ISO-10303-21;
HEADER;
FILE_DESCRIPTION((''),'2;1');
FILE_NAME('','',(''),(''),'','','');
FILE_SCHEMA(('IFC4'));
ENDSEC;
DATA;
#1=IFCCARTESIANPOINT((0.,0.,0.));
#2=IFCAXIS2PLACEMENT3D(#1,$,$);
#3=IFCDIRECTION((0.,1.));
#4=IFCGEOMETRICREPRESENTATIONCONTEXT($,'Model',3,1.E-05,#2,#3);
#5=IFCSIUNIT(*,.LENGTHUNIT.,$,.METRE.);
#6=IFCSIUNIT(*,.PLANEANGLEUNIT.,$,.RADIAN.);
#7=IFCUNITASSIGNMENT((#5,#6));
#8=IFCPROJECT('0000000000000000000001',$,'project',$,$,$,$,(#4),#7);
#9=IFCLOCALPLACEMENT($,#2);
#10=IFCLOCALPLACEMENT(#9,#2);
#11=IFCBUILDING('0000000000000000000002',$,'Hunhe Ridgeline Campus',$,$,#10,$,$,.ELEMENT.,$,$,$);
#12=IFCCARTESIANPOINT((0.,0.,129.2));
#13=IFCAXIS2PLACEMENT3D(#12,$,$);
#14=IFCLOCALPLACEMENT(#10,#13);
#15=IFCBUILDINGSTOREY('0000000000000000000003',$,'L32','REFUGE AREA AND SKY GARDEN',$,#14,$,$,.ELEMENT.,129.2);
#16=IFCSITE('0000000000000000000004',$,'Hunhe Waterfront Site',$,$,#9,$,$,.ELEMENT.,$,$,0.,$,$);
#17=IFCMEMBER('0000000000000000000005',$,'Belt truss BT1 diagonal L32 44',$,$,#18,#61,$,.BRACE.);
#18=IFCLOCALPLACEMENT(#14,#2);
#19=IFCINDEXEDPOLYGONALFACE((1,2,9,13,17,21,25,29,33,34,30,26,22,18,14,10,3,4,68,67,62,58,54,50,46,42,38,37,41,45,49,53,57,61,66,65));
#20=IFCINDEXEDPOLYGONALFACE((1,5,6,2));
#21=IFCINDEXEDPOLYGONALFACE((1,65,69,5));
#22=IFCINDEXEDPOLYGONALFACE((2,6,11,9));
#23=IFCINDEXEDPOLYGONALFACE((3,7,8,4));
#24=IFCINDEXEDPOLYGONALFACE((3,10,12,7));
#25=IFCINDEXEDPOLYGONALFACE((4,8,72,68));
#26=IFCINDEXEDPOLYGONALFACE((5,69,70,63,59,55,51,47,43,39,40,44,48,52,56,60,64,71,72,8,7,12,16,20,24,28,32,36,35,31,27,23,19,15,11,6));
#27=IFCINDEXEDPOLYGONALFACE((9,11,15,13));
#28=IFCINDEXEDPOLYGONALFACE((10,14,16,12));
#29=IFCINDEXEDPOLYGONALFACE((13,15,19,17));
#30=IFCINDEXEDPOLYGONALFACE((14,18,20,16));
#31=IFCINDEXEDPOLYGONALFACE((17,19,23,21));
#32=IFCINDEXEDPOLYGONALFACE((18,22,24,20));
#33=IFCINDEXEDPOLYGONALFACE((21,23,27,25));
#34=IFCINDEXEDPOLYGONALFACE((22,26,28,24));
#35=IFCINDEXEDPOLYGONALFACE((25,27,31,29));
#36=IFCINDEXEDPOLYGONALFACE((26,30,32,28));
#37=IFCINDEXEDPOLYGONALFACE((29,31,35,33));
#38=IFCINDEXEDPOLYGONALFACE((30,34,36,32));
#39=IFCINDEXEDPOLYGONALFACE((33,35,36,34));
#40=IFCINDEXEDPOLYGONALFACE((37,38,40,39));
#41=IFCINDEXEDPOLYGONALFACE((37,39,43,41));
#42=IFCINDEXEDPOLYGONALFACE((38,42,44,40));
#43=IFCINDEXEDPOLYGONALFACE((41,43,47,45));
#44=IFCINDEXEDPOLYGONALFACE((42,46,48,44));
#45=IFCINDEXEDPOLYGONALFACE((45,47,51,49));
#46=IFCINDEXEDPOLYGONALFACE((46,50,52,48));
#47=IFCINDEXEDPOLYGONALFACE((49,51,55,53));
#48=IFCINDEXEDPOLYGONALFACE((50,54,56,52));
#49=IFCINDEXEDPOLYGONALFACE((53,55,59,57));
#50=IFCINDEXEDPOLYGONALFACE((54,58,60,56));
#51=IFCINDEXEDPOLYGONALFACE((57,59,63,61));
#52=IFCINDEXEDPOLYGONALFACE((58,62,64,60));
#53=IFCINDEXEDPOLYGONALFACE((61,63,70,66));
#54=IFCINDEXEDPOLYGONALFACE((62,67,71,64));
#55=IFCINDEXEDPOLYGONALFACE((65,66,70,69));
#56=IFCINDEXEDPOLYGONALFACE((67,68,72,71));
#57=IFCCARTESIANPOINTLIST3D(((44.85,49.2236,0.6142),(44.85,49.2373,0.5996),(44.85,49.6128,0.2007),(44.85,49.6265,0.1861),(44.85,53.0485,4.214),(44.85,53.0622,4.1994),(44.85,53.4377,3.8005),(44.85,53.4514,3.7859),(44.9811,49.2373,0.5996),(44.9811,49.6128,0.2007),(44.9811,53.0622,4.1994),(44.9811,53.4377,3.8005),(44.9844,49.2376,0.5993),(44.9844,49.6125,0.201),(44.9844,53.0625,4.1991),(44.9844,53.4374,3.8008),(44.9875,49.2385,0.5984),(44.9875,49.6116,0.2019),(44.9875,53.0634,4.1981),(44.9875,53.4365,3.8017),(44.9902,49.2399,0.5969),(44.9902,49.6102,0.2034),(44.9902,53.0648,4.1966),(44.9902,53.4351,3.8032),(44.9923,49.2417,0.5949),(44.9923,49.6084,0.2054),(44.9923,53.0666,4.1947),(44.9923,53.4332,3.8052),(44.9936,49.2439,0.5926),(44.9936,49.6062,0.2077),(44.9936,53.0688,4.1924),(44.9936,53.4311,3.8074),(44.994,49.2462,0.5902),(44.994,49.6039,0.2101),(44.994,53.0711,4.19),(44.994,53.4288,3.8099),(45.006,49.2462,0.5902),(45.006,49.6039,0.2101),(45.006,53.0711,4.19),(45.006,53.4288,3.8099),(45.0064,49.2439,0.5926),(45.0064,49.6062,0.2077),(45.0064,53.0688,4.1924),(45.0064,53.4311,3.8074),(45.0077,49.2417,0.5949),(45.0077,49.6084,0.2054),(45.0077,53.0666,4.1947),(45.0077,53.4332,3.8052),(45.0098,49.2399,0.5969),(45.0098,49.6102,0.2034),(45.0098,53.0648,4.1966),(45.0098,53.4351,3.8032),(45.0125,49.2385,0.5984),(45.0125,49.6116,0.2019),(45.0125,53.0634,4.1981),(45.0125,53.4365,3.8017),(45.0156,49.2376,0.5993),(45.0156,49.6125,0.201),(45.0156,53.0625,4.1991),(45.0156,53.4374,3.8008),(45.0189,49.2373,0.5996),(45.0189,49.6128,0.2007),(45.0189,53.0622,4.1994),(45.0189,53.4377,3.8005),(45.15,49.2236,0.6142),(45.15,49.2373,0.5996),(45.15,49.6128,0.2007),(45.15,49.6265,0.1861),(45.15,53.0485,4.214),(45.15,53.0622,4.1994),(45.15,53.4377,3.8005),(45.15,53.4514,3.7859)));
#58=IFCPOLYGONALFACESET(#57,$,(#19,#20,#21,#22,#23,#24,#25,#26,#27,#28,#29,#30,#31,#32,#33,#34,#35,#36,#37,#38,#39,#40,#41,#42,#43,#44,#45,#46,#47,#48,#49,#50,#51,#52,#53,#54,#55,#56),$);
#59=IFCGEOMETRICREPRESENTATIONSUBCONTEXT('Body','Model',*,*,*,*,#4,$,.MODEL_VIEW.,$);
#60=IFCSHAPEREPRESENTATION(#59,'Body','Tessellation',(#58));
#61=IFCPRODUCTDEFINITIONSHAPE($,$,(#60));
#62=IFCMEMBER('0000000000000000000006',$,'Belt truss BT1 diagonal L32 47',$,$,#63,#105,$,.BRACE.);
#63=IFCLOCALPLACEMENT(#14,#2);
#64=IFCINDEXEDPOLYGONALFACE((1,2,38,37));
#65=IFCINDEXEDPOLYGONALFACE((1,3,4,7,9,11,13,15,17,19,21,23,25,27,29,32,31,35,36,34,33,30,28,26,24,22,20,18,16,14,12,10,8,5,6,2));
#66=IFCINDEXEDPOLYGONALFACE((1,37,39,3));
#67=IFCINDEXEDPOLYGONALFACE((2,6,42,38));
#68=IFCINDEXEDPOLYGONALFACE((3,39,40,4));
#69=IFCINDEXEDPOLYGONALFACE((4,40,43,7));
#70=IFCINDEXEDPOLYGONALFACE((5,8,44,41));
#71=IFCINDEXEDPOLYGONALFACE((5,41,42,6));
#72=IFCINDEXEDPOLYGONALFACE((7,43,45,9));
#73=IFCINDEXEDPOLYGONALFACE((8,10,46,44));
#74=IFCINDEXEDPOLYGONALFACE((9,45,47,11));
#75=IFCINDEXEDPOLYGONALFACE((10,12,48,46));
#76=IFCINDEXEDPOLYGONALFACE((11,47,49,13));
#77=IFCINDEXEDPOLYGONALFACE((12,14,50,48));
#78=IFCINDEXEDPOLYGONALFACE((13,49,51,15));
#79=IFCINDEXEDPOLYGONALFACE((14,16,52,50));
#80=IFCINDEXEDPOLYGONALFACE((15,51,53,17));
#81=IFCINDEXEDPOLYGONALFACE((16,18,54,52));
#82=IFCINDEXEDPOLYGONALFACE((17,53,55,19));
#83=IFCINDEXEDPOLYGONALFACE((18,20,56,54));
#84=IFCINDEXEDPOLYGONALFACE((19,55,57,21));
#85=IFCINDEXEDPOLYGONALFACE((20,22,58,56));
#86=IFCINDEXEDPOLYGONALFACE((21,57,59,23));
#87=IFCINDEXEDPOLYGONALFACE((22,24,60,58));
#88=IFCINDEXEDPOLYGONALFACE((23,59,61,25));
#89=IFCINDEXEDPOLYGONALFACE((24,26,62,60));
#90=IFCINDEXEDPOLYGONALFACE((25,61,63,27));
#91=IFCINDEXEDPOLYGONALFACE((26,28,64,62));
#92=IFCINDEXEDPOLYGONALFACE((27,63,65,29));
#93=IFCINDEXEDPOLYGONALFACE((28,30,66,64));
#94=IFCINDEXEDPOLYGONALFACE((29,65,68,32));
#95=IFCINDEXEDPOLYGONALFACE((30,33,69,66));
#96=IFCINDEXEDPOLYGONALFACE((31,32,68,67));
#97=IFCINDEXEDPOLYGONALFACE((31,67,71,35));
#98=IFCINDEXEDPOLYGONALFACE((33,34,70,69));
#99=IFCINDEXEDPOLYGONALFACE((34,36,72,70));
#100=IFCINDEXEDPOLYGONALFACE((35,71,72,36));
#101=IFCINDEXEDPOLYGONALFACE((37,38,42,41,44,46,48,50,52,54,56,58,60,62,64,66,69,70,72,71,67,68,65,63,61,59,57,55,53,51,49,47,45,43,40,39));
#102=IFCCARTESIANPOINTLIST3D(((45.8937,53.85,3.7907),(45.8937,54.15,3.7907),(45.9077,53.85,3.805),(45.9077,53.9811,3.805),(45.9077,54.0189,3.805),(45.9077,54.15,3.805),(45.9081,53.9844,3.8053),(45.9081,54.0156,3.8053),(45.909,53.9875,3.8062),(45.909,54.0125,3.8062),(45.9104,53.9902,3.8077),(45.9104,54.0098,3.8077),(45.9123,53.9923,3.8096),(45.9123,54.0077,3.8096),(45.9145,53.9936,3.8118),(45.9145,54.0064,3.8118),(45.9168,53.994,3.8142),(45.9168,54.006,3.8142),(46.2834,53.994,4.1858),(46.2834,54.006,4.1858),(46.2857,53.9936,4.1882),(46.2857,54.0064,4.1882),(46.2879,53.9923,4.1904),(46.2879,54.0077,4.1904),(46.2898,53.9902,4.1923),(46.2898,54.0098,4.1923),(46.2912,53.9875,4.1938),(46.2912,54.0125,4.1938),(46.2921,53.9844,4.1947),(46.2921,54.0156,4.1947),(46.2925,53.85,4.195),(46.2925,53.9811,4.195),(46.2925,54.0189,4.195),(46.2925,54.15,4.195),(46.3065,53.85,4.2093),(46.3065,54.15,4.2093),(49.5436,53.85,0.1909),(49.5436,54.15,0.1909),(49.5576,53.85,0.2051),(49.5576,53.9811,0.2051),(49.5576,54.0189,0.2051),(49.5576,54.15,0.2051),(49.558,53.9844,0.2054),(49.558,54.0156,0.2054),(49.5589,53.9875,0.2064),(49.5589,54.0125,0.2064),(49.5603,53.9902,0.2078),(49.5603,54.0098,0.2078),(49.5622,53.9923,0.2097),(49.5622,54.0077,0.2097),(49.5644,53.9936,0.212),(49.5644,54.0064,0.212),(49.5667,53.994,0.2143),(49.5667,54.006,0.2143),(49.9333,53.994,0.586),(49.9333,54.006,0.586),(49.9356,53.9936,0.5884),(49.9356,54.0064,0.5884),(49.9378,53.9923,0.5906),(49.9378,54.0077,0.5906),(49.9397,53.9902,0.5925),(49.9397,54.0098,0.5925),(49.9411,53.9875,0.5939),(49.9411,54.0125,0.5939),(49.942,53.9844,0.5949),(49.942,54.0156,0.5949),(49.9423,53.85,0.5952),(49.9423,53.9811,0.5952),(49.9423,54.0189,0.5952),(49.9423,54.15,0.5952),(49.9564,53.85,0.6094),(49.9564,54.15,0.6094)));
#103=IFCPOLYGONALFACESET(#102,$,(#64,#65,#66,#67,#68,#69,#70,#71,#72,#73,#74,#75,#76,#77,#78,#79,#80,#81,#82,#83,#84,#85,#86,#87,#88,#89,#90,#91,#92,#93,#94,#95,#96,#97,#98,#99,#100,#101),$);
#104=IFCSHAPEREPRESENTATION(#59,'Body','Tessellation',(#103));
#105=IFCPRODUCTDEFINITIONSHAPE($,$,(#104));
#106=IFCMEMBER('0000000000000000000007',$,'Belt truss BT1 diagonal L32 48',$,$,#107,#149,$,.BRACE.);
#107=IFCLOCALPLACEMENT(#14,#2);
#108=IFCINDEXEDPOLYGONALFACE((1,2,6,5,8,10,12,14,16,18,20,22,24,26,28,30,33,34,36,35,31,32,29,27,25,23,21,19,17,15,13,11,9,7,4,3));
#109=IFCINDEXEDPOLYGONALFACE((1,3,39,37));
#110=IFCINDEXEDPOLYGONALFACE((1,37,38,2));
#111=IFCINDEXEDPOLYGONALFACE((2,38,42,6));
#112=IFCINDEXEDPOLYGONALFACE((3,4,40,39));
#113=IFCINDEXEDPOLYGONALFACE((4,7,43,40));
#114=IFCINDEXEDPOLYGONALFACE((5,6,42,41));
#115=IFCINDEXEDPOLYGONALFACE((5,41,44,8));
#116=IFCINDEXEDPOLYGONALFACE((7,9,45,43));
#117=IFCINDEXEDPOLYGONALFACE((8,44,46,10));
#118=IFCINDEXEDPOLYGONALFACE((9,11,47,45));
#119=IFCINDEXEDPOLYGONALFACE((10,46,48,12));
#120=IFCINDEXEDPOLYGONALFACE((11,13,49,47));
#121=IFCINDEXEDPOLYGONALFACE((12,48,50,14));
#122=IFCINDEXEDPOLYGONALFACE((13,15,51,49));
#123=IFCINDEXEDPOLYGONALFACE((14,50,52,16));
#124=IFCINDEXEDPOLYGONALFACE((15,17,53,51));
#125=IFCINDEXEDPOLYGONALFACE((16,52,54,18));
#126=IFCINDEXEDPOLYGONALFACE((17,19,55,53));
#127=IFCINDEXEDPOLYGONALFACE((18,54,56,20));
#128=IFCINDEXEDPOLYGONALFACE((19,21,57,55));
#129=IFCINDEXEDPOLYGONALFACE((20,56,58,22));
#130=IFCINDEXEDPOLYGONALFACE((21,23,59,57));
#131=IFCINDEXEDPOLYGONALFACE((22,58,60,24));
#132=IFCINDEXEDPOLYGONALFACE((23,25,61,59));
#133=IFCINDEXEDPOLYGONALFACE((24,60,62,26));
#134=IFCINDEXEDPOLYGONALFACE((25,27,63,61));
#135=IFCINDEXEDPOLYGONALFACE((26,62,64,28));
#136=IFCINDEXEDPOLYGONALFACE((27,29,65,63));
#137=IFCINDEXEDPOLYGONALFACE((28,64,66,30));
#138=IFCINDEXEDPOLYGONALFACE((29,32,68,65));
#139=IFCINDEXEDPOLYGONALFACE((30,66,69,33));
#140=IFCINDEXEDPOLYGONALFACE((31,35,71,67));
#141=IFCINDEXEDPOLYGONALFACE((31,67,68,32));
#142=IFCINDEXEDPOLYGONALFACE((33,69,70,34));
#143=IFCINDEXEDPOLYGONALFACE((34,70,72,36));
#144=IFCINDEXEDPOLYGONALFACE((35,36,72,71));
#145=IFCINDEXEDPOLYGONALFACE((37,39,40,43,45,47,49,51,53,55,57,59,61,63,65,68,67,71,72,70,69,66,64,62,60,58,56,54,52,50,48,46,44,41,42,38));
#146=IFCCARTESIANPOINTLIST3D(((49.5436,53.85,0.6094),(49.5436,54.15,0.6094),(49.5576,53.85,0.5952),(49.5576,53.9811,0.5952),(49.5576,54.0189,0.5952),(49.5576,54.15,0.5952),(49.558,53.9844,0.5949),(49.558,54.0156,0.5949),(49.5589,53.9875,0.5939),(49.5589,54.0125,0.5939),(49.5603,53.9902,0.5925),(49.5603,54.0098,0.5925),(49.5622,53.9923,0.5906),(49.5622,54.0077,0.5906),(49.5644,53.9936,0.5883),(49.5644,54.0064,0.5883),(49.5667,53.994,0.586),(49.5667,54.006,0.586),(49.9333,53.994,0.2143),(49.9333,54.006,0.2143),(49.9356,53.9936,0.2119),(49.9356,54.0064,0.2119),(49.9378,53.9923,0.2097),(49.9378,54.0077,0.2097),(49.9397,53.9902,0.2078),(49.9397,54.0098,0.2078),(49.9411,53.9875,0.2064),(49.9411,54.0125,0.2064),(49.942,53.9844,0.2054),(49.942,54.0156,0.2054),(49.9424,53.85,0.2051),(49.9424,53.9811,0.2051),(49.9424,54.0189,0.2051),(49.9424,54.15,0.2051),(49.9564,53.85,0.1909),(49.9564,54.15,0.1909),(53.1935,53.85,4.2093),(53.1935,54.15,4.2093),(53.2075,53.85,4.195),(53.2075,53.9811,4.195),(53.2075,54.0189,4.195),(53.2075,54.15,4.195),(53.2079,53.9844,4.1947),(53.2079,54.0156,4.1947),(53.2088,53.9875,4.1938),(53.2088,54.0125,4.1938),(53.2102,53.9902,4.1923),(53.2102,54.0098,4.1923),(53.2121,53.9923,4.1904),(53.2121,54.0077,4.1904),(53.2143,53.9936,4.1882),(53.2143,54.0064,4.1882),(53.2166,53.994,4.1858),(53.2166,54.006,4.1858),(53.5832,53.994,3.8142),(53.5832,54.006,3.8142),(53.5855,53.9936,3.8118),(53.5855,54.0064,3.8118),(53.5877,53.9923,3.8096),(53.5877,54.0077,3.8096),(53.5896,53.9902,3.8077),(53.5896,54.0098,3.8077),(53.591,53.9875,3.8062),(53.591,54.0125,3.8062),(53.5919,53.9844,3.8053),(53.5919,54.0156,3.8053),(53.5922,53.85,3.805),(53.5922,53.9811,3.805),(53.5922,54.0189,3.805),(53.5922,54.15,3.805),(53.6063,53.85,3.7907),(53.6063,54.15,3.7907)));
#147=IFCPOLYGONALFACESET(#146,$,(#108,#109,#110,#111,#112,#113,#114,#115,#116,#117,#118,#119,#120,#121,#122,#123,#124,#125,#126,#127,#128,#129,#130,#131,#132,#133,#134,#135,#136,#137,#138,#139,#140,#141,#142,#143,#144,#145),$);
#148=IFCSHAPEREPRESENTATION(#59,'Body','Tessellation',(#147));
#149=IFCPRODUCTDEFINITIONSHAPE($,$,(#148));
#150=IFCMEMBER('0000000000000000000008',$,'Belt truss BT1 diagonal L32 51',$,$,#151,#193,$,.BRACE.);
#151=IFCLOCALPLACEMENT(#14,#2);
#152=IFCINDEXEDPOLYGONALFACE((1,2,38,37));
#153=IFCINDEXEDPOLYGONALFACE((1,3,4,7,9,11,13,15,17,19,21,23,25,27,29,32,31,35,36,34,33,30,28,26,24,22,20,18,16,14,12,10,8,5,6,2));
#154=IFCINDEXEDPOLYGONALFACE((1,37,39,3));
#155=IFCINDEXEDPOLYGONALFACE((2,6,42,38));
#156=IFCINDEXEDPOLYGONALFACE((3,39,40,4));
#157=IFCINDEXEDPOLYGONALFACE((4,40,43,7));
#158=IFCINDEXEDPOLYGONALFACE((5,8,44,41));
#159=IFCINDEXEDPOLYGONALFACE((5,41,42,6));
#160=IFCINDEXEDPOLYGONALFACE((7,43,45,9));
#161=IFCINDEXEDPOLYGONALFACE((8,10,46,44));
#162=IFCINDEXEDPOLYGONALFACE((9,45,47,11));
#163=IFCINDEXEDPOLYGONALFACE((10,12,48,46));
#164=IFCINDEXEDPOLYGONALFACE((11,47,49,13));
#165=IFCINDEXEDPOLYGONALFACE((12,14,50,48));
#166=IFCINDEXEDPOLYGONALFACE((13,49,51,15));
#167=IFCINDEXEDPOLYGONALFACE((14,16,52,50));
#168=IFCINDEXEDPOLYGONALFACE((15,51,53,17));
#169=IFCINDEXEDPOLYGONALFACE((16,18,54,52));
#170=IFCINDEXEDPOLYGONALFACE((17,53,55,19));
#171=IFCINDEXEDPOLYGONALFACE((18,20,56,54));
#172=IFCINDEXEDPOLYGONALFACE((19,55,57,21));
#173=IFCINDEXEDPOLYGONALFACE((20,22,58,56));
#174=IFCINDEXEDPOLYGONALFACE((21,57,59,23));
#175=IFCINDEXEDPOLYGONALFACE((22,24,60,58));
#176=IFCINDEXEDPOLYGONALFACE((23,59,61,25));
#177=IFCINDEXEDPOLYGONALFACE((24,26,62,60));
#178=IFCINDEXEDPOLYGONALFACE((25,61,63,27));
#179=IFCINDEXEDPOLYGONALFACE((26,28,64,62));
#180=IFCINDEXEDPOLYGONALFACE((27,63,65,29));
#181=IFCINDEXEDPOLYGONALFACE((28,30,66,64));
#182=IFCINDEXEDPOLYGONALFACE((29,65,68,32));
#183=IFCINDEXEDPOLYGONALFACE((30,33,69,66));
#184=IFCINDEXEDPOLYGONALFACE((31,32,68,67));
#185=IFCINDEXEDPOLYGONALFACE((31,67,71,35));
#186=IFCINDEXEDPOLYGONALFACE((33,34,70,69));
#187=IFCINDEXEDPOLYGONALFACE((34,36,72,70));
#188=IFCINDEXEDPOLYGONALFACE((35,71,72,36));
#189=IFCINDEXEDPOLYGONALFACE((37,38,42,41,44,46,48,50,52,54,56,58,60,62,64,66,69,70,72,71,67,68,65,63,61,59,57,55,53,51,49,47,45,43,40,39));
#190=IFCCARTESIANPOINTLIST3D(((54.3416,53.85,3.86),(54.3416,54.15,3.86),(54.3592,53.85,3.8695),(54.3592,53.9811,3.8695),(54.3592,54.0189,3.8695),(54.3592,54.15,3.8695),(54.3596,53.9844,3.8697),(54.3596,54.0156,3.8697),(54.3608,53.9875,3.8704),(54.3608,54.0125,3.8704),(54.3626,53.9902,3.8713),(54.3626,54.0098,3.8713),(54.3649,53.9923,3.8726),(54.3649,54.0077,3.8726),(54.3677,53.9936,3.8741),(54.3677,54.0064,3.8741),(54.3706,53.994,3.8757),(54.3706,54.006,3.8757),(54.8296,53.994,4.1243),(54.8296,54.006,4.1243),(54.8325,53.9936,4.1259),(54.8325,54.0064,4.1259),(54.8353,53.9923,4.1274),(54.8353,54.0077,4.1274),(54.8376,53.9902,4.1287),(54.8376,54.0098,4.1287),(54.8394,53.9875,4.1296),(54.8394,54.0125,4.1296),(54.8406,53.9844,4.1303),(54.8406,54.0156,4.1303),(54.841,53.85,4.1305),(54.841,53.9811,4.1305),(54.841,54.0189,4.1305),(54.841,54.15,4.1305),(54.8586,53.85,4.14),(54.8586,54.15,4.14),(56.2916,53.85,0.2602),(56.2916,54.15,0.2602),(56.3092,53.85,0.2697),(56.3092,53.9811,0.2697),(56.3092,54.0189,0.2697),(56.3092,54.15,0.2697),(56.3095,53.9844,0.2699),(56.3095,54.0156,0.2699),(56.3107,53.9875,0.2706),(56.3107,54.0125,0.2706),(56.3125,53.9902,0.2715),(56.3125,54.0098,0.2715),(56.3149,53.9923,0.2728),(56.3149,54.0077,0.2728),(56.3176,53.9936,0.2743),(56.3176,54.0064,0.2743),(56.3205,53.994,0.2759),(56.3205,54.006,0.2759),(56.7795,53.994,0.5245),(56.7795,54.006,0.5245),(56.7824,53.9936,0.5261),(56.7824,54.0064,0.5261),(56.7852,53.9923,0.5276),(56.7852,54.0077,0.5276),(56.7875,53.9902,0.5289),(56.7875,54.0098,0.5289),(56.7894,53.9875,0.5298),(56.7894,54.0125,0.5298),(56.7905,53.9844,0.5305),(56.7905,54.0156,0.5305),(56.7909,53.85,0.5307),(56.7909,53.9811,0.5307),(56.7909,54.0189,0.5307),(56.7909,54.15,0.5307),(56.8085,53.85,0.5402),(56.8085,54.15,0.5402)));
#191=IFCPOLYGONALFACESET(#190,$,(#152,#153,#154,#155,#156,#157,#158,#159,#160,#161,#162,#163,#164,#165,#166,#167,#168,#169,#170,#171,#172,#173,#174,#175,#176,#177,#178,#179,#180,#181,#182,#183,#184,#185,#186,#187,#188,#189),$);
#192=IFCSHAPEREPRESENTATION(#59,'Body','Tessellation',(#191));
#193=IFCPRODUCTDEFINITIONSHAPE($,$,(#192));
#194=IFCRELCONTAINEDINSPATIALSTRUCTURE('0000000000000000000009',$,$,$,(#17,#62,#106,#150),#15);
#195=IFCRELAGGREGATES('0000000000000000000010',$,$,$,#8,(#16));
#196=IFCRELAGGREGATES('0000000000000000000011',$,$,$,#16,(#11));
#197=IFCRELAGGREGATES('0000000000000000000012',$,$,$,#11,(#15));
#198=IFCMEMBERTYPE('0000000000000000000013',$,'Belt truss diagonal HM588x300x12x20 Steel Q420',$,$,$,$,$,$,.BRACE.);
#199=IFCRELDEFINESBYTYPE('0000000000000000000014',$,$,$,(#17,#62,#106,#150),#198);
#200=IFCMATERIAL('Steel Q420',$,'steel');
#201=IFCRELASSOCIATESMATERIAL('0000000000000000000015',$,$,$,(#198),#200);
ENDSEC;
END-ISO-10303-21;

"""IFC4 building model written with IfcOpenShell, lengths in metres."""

from ifc_helpers import new_model, si_unit, direction, frame, origin, origin_2d, place, context, subcontext, project, spatial, i_section, extrude, material, material_profile, profile_set, type_object, element, save


model = new_model("IFC4")

# Units and contexts
model_context = context("Model", 3, precision=1e-05, world=origin(), true_north=direction((0.0, 1.0)))
body_context = subcontext(model_context, "Body", "Model", "MODEL_VIEW")
ifc_project = project(units=[si_unit("LENGTHUNIT", "METRE"), si_unit("PLANEANGLEUNIT", "RADIAN")], contexts=[model_context])

# Site, building, storey
site_placement = place(None, origin())
site = spatial("IfcSite", under=ifc_project, at=site_placement, Name="Hunhe Waterfront Site", CompositionType="ELEMENT", RefElevation=0.0)
building_placement = place(site_placement, origin())
building = spatial("IfcBuilding", under=site, at=building_placement, Name="Hunhe Ridgeline Campus", CompositionType="ELEMENT")
storey_placement = place(building_placement, frame((0.0, 0.0, 129.2)))
storey = spatial("IfcBuildingStorey", under=building, at=storey_placement, Name="L32", Description="REFUGE AREA AND SKY GARDEN", CompositionType="ELEMENT", Elevation=129.2)

# Members
ifc_material_1 = material(Name="Steel Q420", Category="steel")
ifc_material_profile_1 = material_profile(ifc_material_1, i_section(OverallWidth=0.3, OverallDepth=0.5879, WebThickness=0.012, FlangeThickness=0.02, FilletRadius=0.0129, at=origin_2d()))
ifc_profile_set_1 = profile_set([ifc_material_profile_1], Name="Steel Q420")
member_type_1 = type_object("IfcMemberType", Name="Belt truss diagonal HM588x300x12x20 Steel Q420", PredefinedType="BRACE", material=ifc_profile_set_1)
for number, where, z_axis, x_axis, name in (
    (1, (45.0, 49.425, 0.4001), (0.0, 0.72821, 0.685355), (-1.0, 0.0, 0.0), "Belt truss BT1 diagonal L32 44"),
):
    element("IfcMember", number, at=place(storey_placement, frame(where, z_axis=z_axis, x_axis=x_axis)), inside=storey, type_object=member_type_1, Name=name, PredefinedType="BRACE", context=body_context, shape_type="SweptSolid", body=[
        extrude(i_section(OverallWidth=0.3, OverallDepth=0.5879, WebThickness=0.012, FlangeThickness=0.02, FilletRadius=0.0129, at=origin_2d()), origin(), (0.0, 0.0, 1.0), 5.2524),
    ])
for number, where, z_axis, x_axis, name in (
    (2, (46.1001, 54.0, 4.0), (0.711971, 0.0, -0.702209), (0.0, 1.0, 0.0), "Belt truss BT1 diagonal L32 47"),
    (3, (49.75, 54.0, 0.4001), (0.711971, 0.0, 0.702209), (0.0, 1.0, 0.0), "Belt truss BT1 diagonal L32 48"),
):
    element("IfcMember", number, at=place(storey_placement, frame(where, z_axis=z_axis, x_axis=x_axis)), inside=storey, type_object=member_type_1, Name=name, PredefinedType="BRACE", context=body_context, shape_type="SweptSolid", body=[
        extrude(i_section(OverallWidth=0.3, OverallDepth=0.5879, WebThickness=0.012, FlangeThickness=0.02, FilletRadius=0.0129, at=origin_2d()), origin(), (0.0, 0.0, 1.0), 5.1265),
    ])
for number, where, z_axis, x_axis, name in (
    (4, (54.6001, 54.0, 4.0), (0.476289, 0.0, -0.879289), (0.0, 1.0, 0.0), "Belt truss BT1 diagonal L32 51"),
):
    element("IfcMember", number, at=place(storey_placement, frame(where, z_axis=z_axis, x_axis=x_axis)), inside=storey, type_object=member_type_1, Name=name, PredefinedType="BRACE", context=body_context, shape_type="SweptSolid", body=[
        extrude(i_section(OverallWidth=0.3, OverallDepth=0.5879, WebThickness=0.012, FlangeThickness=0.02, FilletRadius=0.0129, at=origin_2d()), origin(), (0.0, 0.0, 1.0), 4.094),
    ])

save(model, "model.ifc")
